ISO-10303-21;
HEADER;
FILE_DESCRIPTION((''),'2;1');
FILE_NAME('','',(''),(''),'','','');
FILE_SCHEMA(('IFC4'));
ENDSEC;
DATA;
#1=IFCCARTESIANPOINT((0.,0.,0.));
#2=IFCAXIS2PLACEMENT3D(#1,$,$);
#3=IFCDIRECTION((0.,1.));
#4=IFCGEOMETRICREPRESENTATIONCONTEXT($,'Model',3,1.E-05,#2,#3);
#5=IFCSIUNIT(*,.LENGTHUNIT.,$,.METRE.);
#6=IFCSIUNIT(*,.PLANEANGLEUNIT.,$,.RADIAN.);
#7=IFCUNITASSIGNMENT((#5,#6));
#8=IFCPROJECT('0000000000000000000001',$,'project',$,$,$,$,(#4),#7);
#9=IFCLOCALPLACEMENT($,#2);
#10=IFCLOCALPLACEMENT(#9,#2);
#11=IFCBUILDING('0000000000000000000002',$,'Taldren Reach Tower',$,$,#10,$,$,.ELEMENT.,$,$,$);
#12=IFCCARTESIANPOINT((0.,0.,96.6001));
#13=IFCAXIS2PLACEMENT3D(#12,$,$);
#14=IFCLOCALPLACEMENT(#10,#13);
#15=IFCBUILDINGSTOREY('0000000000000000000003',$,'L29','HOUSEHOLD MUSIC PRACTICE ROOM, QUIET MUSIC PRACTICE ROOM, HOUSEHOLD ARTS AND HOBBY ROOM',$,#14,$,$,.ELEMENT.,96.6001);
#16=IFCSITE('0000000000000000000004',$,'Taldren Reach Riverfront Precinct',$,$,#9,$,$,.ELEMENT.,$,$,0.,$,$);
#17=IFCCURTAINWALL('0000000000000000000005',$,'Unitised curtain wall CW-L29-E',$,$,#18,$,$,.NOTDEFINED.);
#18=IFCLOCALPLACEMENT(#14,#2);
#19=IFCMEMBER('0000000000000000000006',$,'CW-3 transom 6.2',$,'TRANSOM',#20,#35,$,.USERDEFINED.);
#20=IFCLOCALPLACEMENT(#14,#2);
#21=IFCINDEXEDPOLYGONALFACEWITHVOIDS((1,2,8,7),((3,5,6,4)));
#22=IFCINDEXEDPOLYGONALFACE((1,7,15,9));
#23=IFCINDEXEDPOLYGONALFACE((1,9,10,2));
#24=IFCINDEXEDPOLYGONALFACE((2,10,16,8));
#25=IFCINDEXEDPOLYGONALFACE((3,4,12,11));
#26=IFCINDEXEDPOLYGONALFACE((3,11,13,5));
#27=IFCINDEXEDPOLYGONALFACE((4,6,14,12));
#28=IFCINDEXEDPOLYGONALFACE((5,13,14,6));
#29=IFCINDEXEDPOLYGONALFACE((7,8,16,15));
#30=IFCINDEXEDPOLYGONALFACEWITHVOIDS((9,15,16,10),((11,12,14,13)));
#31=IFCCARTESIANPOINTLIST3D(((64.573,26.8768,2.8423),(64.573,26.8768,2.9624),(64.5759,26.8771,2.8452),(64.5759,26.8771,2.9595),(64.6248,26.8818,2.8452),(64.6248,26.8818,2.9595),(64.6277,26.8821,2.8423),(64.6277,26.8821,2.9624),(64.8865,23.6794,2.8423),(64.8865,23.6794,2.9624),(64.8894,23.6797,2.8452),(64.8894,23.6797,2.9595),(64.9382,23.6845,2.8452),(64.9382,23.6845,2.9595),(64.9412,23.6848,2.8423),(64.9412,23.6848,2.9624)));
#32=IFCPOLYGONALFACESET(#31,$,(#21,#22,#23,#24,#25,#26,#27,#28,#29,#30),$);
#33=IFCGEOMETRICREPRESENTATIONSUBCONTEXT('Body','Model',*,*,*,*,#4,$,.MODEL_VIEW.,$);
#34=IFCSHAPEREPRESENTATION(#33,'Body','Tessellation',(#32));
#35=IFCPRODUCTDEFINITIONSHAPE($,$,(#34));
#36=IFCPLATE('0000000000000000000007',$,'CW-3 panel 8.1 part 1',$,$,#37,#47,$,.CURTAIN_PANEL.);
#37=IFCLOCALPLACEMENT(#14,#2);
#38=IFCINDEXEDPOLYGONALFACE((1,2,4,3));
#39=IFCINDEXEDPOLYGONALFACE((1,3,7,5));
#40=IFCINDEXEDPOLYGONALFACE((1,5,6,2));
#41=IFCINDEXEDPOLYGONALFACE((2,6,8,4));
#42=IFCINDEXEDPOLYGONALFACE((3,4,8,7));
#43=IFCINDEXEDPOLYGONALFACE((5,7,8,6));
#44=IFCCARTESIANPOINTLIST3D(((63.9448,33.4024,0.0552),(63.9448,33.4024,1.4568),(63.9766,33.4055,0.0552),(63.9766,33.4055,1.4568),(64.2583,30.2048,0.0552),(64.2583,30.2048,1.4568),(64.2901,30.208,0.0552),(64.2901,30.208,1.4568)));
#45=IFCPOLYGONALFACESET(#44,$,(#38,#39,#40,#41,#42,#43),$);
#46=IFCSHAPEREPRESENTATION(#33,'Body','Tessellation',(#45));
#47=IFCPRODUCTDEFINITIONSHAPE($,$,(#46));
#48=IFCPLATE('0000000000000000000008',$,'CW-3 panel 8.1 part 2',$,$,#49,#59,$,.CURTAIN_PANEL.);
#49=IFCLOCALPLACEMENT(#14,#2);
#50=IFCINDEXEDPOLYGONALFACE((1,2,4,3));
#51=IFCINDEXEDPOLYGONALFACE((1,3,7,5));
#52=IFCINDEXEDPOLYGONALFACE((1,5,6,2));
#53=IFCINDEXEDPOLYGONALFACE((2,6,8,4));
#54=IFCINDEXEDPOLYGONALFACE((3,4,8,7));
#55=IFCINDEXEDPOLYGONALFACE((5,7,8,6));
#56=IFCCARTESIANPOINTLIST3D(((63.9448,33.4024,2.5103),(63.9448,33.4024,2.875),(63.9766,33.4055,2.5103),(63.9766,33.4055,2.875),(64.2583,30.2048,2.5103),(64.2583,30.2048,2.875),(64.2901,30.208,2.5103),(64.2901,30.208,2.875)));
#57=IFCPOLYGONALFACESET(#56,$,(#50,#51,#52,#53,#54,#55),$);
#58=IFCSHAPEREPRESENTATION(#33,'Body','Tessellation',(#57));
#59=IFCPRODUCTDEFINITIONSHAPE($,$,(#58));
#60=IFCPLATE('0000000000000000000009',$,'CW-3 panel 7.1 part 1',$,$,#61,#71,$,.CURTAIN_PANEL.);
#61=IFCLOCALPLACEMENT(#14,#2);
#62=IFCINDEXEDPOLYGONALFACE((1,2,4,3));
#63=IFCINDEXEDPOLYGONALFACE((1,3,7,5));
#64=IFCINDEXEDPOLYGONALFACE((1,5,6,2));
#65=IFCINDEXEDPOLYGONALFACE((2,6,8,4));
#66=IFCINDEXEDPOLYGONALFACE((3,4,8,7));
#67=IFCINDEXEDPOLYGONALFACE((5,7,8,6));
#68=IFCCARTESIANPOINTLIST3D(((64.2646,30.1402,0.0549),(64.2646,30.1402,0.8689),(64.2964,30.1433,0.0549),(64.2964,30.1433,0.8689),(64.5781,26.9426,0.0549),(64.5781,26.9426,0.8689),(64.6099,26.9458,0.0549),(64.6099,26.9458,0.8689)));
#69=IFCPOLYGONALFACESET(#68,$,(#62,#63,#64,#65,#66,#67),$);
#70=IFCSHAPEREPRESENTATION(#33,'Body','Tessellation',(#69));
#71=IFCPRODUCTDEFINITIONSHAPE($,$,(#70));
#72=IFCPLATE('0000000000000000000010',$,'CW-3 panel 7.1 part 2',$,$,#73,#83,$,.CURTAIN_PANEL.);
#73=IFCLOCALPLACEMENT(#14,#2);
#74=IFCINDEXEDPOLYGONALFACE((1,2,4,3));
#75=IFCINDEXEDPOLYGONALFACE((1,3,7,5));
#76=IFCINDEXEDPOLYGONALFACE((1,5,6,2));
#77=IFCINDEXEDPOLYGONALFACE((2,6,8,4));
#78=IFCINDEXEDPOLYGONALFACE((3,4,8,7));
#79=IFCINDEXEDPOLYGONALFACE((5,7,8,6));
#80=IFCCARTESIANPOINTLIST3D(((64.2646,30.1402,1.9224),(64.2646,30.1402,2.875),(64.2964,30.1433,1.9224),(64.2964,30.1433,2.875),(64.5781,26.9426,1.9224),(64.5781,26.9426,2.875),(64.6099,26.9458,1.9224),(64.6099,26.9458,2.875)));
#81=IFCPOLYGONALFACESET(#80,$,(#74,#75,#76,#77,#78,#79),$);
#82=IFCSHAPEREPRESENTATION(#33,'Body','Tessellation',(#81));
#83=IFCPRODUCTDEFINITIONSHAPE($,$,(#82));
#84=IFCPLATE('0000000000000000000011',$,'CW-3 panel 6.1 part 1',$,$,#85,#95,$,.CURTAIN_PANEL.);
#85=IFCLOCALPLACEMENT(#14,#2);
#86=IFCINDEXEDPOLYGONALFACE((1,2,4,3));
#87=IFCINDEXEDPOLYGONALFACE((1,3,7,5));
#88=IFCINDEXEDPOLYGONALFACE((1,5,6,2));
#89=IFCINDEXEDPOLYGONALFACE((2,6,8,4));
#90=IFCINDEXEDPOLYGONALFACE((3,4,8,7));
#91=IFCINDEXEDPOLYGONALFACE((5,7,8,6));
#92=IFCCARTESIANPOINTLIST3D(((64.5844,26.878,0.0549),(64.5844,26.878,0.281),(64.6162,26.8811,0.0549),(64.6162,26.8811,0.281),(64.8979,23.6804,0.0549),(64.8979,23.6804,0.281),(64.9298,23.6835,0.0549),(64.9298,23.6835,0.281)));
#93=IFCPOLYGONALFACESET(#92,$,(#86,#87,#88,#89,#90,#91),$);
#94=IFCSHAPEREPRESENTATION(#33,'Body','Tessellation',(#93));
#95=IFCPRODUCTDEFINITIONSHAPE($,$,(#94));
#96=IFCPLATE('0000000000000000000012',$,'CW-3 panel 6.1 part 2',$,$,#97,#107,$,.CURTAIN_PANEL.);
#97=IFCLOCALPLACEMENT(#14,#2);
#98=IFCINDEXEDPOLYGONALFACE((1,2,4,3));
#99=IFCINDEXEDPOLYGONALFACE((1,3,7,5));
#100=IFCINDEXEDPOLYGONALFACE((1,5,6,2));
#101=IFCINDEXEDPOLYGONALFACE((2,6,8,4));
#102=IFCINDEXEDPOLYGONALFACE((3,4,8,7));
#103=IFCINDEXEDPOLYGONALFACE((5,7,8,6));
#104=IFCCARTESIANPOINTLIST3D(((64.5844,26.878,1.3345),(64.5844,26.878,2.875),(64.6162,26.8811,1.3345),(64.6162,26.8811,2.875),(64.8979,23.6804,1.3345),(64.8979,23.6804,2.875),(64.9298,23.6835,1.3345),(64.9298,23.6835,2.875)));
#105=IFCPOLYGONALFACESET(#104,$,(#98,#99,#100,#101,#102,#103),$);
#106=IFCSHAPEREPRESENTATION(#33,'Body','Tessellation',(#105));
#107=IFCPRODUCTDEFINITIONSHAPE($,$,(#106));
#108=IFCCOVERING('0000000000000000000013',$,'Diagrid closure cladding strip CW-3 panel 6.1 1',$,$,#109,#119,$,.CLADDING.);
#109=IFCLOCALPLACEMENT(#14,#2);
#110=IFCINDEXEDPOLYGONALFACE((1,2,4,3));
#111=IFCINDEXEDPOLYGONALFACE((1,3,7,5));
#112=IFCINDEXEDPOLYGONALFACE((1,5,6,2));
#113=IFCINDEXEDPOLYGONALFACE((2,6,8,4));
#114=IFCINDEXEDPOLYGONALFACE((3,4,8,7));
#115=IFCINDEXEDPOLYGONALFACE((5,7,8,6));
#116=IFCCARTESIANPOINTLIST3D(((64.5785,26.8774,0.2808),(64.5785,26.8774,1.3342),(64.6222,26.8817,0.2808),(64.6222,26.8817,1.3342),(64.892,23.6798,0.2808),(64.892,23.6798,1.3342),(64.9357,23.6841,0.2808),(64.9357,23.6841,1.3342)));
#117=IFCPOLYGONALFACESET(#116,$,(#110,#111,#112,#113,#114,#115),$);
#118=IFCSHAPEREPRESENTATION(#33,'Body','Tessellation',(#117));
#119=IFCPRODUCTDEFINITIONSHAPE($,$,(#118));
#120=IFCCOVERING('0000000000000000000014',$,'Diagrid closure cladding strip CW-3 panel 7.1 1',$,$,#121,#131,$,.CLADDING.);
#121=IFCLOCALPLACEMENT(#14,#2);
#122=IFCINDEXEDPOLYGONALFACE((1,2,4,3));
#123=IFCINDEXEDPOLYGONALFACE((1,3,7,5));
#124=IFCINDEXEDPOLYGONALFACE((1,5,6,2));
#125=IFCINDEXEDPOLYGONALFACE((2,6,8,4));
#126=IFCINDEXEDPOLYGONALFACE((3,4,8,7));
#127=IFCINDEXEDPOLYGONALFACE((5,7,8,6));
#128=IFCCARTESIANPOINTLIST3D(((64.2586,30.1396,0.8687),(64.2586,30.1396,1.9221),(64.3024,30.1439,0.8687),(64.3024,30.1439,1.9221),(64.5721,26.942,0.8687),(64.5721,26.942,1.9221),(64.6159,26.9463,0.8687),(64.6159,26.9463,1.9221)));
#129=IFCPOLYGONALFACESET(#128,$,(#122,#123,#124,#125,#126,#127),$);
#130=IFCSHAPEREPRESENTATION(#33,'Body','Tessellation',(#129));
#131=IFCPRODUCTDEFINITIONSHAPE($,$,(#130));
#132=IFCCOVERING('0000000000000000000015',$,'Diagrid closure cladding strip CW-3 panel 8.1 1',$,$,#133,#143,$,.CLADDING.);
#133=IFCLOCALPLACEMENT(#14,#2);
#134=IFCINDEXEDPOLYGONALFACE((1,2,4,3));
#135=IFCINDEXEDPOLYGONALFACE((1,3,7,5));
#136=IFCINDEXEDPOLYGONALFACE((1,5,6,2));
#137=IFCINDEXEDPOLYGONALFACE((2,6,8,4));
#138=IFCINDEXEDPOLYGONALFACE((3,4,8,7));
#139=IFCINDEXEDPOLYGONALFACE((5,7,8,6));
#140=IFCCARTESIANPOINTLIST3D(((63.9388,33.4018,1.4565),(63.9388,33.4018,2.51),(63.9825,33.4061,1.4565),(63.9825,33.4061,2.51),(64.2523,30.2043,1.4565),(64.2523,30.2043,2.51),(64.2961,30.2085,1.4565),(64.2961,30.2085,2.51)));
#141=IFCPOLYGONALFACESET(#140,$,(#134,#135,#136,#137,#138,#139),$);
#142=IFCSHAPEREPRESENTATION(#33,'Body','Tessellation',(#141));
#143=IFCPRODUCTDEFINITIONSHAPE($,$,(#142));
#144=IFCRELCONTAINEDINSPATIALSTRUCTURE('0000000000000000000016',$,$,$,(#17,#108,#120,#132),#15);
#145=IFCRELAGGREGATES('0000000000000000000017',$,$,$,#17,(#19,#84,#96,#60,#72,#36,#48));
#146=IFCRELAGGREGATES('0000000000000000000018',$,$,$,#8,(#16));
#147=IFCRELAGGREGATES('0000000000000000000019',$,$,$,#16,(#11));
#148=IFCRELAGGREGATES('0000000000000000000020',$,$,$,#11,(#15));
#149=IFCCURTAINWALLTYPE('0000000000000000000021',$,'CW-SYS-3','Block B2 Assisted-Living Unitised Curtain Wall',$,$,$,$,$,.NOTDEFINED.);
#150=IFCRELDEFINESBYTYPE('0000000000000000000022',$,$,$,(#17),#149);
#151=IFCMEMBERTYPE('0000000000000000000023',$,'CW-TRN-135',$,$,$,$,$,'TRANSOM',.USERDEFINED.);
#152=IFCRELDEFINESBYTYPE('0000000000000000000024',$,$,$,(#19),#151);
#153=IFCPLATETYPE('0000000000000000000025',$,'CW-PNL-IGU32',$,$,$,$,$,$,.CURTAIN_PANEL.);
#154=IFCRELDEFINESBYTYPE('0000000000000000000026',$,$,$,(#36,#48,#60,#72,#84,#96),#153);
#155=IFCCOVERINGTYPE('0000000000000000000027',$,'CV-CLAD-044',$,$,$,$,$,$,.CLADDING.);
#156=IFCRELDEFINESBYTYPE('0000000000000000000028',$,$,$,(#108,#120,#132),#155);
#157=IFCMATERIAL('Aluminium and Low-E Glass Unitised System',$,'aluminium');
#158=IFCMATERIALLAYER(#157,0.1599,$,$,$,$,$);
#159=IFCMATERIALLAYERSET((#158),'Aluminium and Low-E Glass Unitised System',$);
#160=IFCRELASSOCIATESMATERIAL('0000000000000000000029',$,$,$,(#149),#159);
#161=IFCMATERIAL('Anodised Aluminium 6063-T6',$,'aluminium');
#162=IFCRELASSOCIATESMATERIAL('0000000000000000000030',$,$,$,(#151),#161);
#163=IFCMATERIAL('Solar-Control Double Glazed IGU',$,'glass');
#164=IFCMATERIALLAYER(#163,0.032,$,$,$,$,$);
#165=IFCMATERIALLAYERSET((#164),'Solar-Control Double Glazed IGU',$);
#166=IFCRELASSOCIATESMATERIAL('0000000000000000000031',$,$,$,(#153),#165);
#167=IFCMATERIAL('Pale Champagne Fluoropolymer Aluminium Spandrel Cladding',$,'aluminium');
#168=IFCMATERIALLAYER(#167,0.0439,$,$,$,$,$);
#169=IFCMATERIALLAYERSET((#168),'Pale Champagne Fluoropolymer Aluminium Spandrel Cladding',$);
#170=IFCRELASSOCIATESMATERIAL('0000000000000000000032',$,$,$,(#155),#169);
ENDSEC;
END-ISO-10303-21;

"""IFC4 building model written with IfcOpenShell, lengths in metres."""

from ifc_helpers import new_model, si_unit, direction, frame, origin, origin_2d, place, context, subcontext, project, spatial, rectangle, hollow_rectangle, extrude, source, transform, mapped, material, layer, layer_set, material_profile, profile_set, type_object, element, aggregate, save


model = new_model("IFC4")

# Units and contexts
model_context = context("Model", 3, precision=1e-05, world=origin(), true_north=direction((0.0, 1.0)))
body_context = subcontext(model_context, "Body", "Model", "MODEL_VIEW")
ifc_project = project(units=[si_unit("LENGTHUNIT", "METRE"), si_unit("PLANEANGLEUNIT", "RADIAN")], contexts=[model_context])

# Site, building, storey
site_placement = place(None, origin())
site = spatial("IfcSite", under=ifc_project, at=site_placement, Name="Taldren Reach Riverfront Precinct", CompositionType="ELEMENT", RefElevation=0.0)
building_placement = place(site_placement, origin())
building = spatial("IfcBuilding", under=site, at=building_placement, Name="Taldren Reach Tower", CompositionType="ELEMENT")
storey_placement = place(building_placement, frame((0.0, 0.0, 96.6001)))
storey = spatial("IfcBuildingStorey", under=building, at=storey_placement, Name="L29", Description="HOUSEHOLD MUSIC PRACTICE ROOM, QUIET MUSIC PRACTICE ROOM, HOUSEHOLD ARTS AND HOBBY ROOM", CompositionType="ELEMENT", Elevation=96.6001)

# Curtain wall, member, plates
ifc_material_1 = material(Name="Aluminium and Low-E Glass Unitised System", Category="aluminium")
ifc_layer_1 = layer(ifc_material_1, 0.1599)
ifc_layer_set_1 = layer_set([ifc_layer_1], Name="Aluminium and Low-E Glass Unitised System")
curtain_wall_type = type_object("IfcCurtainWallType", Name="CW-SYS-3", Description="Block B2 Assisted-Living Unitised Curtain Wall", PredefinedType="NOTDEFINED", material=ifc_layer_set_1)
curtain_wall_placement = place(storey_placement, origin())
curtain_wall = element("IfcCurtainWall", 1, at=curtain_wall_placement, inside=storey, type_object=curtain_wall_type, Name="Unitised curtain wall CW-L29-E", PredefinedType="NOTDEFINED")
ifc_material_2 = material(Name="Anodised Aluminium 6063-T6", Category="aluminium")
ifc_material_profile_1 = material_profile(ifc_material_2, hollow_rectangle(XDim=0.0549, YDim=0.1201, WallThickness=0.0029, at=origin_2d()), Name="ALU-120x55x3RHS")
ifc_profile_set_1 = profile_set([ifc_material_profile_1], Name="Anodised Aluminium 6063-T6")
member_type_1 = type_object("IfcMemberType", Name="CW-TRN-135", ElementType="TRANSOM", PredefinedType="USERDEFINED", material=ifc_profile_set_1)
shared_shape_1 = source(origin(), body_context, "Body", "SweptSolid", [
    extrude(hollow_rectangle(XDim=0.0549, YDim=0.1201, WallThickness=0.0029, at=origin_2d()), origin(), (0.0, 0.0, 1.0), 3.2126),
])
member_1_placement = place(storey_placement, frame((64.9138, 23.6821, 2.9023), z_axis=(-0.097577, 0.995228, 0.0), x_axis=(-0.995228, -0.097577, 0.0)))
member_1 = element("IfcMember", 2, at=member_1_placement, type_object=member_type_1, Name="CW-3 transom 6.2", ObjectType="TRANSOM", PredefinedType="USERDEFINED", context=body_context, shape_type="MappedRepresentation", body=[
    mapped(shared_shape_1, transform((0.0, 0.0, 0.0), scale=1.0)),
])
ifc_material_3 = material(Name="Solar-Control Double Glazed IGU", Category="glass")
ifc_layer_2 = layer(ifc_material_3, 0.032)
ifc_layer_set_2 = layer_set([ifc_layer_2], Name="Solar-Control Double Glazed IGU")
plate_type = type_object("IfcPlateType", Name="CW-PNL-IGU32", PredefinedType="CURTAIN_PANEL", material=ifc_layer_set_2)
shared_shape_2 = source(origin(), body_context, "Body", "SweptSolid", [
    extrude(rectangle(XDim=3.2129, YDim=0.032, at=origin_2d()), origin(), (0.0, 0.0, 1.0), 1.4016),
])
plate_1_placement = place(storey_placement, frame((64.1174, 31.8052, 0.0552), z_axis=(0.0, 0.0, 1.0), x_axis=(-0.097583, 0.995227, 0.0)))
plate_1 = element("IfcPlate", 3, at=plate_1_placement, type_object=plate_type, Name="CW-3 panel 8.1 part 1", PredefinedType="CURTAIN_PANEL", context=body_context, shape_type="MappedRepresentation", body=[
    mapped(shared_shape_2, transform((0.0, 0.0, 0.0), scale=1.0)),
])
shared_shape_3 = source(origin(), body_context, "Body", "SweptSolid", [
    extrude(rectangle(XDim=3.2129, YDim=0.032, at=origin_2d()), origin(), (0.0, 0.0, 1.0), 0.3647),
])
plate_2_placement = place(storey_placement, frame((64.1174, 31.8052, 2.5103), z_axis=(0.0, 0.0, 1.0), x_axis=(-0.097583, 0.995227, 0.0)))
plate_2 = element("IfcPlate", 4, at=plate_2_placement, type_object=plate_type, Name="CW-3 panel 8.1 part 2", PredefinedType="CURTAIN_PANEL", context=body_context, shape_type="MappedRepresentation", body=[
    mapped(shared_shape_3, transform((0.0, 0.0, 0.0), scale=1.0)),
])
shared_shape_4 = source(origin(), body_context, "Body", "SweptSolid", [
    extrude(rectangle(XDim=3.2129, YDim=0.032, at=origin_2d()), origin(), (0.0, 0.0, 1.0), 0.814),
])
plate_3_placement = place(storey_placement, frame((64.4373, 28.543, 0.0549), z_axis=(0.0, 0.0, 1.0), x_axis=(-0.097583, 0.995227, 0.0)))
plate_3 = element("IfcPlate", 5, at=plate_3_placement, type_object=plate_type, Name="CW-3 panel 7.1 part 1", PredefinedType="CURTAIN_PANEL", context=body_context, shape_type="MappedRepresentation", body=[
    mapped(shared_shape_4, transform((0.0, 0.0, 0.0), scale=1.0)),
])
shared_shape_5 = source(origin(), body_context, "Body", "SweptSolid", [
    extrude(rectangle(XDim=3.2129, YDim=0.032, at=origin_2d()), origin(), (0.0, 0.0, 1.0), 0.9526),
])
plate_4_placement = place(storey_placement, frame((64.4373, 28.543, 1.9224), z_axis=(0.0, 0.0, 1.0), x_axis=(-0.097583, 0.995227, 0.0)))
plate_4 = element("IfcPlate", 6, at=plate_4_placement, type_object=plate_type, Name="CW-3 panel 7.1 part 2", PredefinedType="CURTAIN_PANEL", context=body_context, shape_type="MappedRepresentation", body=[
    mapped(shared_shape_5, transform((0.0, 0.0, 0.0), scale=1.0)),
])
shared_shape_6 = source(origin(), body_context, "Body", "SweptSolid", [
    extrude(rectangle(XDim=3.2129, YDim=0.032, at=origin_2d()), origin(), (0.0, 0.0, 1.0), 0.2261),
])
plate_5_placement = place(storey_placement, frame((64.7571, 25.2808, 0.0549), z_axis=(0.0, 0.0, 1.0), x_axis=(-0.097583, 0.995227, 0.0)))
plate_5 = element("IfcPlate", 7, at=plate_5_placement, type_object=plate_type, Name="CW-3 panel 6.1 part 1", PredefinedType="CURTAIN_PANEL", context=body_context, shape_type="MappedRepresentation", body=[
    mapped(shared_shape_6, transform((0.0, 0.0, 0.0), scale=1.0)),
])
shared_shape_7 = source(origin(), body_context, "Body", "SweptSolid", [
    extrude(rectangle(XDim=3.2129, YDim=0.032, at=origin_2d()), origin(), (0.0, 0.0, 1.0), 1.5405),
])
plate_6_placement = place(storey_placement, frame((64.7571, 25.2808, 1.3345), z_axis=(0.0, 0.0, 1.0), x_axis=(-0.097583, 0.995227, 0.0)))
plate_6 = element("IfcPlate", 8, at=plate_6_placement, type_object=plate_type, Name="CW-3 panel 6.1 part 2", PredefinedType="CURTAIN_PANEL", context=body_context, shape_type="MappedRepresentation", body=[
    mapped(shared_shape_7, transform((0.0, 0.0, 0.0), scale=1.0)),
])
aggregate(curtain_wall, [member_1, plate_5, plate_6, plate_3, plate_4, plate_1, plate_2])

# Coverings
ifc_material_4 = material(Name="Pale Champagne Fluoropolymer Aluminium Spandrel Cladding", Category="aluminium")
ifc_layer_3 = layer(ifc_material_4, 0.0439)
ifc_layer_set_3 = layer_set([ifc_layer_3], Name="Pale Champagne Fluoropolymer Aluminium Spandrel Cladding")
covering_type = type_object("IfcCoveringType", Name="CV-CLAD-044", PredefinedType="CLADDING", material=ifc_layer_set_3)
shared_shape_8 = source(origin(), body_context, "Body", "SweptSolid", [
    extrude(rectangle(XDim=3.2129, YDim=0.0439, at=origin_2d()), origin(), (0.0, 0.0, 1.0), 1.0535),
])
for number, where, z_axis, x_axis, name in (
    (9, (64.7571, 25.2808, 0.2808), (0.0, 0.0, 1.0), (-0.097583, 0.995227, 0.0), "Diagrid closure cladding strip CW-3 panel 6.1 1"),
    (10, (64.4373, 28.543, 0.8687), (0.0, 0.0, 1.0), (-0.097583, 0.995227, 0.0), "Diagrid closure cladding strip CW-3 panel 7.1 1"),
    (11, (64.1174, 31.8052, 1.4565), (0.0, 0.0, 1.0), (-0.097583, 0.995227, 0.0), "Diagrid closure cladding strip CW-3 panel 8.1 1"),
):
    element("IfcCovering", number, at=place(storey_placement, frame(where, z_axis=z_axis, x_axis=x_axis)), inside=storey, type_object=covering_type, Name=name, PredefinedType="CLADDING", context=body_context, shape_type="MappedRepresentation", body=[
        mapped(shared_shape_8, transform((0.0, 0.0, 0.0), scale=1.0)),
    ])

save(model, "model.ifc")
